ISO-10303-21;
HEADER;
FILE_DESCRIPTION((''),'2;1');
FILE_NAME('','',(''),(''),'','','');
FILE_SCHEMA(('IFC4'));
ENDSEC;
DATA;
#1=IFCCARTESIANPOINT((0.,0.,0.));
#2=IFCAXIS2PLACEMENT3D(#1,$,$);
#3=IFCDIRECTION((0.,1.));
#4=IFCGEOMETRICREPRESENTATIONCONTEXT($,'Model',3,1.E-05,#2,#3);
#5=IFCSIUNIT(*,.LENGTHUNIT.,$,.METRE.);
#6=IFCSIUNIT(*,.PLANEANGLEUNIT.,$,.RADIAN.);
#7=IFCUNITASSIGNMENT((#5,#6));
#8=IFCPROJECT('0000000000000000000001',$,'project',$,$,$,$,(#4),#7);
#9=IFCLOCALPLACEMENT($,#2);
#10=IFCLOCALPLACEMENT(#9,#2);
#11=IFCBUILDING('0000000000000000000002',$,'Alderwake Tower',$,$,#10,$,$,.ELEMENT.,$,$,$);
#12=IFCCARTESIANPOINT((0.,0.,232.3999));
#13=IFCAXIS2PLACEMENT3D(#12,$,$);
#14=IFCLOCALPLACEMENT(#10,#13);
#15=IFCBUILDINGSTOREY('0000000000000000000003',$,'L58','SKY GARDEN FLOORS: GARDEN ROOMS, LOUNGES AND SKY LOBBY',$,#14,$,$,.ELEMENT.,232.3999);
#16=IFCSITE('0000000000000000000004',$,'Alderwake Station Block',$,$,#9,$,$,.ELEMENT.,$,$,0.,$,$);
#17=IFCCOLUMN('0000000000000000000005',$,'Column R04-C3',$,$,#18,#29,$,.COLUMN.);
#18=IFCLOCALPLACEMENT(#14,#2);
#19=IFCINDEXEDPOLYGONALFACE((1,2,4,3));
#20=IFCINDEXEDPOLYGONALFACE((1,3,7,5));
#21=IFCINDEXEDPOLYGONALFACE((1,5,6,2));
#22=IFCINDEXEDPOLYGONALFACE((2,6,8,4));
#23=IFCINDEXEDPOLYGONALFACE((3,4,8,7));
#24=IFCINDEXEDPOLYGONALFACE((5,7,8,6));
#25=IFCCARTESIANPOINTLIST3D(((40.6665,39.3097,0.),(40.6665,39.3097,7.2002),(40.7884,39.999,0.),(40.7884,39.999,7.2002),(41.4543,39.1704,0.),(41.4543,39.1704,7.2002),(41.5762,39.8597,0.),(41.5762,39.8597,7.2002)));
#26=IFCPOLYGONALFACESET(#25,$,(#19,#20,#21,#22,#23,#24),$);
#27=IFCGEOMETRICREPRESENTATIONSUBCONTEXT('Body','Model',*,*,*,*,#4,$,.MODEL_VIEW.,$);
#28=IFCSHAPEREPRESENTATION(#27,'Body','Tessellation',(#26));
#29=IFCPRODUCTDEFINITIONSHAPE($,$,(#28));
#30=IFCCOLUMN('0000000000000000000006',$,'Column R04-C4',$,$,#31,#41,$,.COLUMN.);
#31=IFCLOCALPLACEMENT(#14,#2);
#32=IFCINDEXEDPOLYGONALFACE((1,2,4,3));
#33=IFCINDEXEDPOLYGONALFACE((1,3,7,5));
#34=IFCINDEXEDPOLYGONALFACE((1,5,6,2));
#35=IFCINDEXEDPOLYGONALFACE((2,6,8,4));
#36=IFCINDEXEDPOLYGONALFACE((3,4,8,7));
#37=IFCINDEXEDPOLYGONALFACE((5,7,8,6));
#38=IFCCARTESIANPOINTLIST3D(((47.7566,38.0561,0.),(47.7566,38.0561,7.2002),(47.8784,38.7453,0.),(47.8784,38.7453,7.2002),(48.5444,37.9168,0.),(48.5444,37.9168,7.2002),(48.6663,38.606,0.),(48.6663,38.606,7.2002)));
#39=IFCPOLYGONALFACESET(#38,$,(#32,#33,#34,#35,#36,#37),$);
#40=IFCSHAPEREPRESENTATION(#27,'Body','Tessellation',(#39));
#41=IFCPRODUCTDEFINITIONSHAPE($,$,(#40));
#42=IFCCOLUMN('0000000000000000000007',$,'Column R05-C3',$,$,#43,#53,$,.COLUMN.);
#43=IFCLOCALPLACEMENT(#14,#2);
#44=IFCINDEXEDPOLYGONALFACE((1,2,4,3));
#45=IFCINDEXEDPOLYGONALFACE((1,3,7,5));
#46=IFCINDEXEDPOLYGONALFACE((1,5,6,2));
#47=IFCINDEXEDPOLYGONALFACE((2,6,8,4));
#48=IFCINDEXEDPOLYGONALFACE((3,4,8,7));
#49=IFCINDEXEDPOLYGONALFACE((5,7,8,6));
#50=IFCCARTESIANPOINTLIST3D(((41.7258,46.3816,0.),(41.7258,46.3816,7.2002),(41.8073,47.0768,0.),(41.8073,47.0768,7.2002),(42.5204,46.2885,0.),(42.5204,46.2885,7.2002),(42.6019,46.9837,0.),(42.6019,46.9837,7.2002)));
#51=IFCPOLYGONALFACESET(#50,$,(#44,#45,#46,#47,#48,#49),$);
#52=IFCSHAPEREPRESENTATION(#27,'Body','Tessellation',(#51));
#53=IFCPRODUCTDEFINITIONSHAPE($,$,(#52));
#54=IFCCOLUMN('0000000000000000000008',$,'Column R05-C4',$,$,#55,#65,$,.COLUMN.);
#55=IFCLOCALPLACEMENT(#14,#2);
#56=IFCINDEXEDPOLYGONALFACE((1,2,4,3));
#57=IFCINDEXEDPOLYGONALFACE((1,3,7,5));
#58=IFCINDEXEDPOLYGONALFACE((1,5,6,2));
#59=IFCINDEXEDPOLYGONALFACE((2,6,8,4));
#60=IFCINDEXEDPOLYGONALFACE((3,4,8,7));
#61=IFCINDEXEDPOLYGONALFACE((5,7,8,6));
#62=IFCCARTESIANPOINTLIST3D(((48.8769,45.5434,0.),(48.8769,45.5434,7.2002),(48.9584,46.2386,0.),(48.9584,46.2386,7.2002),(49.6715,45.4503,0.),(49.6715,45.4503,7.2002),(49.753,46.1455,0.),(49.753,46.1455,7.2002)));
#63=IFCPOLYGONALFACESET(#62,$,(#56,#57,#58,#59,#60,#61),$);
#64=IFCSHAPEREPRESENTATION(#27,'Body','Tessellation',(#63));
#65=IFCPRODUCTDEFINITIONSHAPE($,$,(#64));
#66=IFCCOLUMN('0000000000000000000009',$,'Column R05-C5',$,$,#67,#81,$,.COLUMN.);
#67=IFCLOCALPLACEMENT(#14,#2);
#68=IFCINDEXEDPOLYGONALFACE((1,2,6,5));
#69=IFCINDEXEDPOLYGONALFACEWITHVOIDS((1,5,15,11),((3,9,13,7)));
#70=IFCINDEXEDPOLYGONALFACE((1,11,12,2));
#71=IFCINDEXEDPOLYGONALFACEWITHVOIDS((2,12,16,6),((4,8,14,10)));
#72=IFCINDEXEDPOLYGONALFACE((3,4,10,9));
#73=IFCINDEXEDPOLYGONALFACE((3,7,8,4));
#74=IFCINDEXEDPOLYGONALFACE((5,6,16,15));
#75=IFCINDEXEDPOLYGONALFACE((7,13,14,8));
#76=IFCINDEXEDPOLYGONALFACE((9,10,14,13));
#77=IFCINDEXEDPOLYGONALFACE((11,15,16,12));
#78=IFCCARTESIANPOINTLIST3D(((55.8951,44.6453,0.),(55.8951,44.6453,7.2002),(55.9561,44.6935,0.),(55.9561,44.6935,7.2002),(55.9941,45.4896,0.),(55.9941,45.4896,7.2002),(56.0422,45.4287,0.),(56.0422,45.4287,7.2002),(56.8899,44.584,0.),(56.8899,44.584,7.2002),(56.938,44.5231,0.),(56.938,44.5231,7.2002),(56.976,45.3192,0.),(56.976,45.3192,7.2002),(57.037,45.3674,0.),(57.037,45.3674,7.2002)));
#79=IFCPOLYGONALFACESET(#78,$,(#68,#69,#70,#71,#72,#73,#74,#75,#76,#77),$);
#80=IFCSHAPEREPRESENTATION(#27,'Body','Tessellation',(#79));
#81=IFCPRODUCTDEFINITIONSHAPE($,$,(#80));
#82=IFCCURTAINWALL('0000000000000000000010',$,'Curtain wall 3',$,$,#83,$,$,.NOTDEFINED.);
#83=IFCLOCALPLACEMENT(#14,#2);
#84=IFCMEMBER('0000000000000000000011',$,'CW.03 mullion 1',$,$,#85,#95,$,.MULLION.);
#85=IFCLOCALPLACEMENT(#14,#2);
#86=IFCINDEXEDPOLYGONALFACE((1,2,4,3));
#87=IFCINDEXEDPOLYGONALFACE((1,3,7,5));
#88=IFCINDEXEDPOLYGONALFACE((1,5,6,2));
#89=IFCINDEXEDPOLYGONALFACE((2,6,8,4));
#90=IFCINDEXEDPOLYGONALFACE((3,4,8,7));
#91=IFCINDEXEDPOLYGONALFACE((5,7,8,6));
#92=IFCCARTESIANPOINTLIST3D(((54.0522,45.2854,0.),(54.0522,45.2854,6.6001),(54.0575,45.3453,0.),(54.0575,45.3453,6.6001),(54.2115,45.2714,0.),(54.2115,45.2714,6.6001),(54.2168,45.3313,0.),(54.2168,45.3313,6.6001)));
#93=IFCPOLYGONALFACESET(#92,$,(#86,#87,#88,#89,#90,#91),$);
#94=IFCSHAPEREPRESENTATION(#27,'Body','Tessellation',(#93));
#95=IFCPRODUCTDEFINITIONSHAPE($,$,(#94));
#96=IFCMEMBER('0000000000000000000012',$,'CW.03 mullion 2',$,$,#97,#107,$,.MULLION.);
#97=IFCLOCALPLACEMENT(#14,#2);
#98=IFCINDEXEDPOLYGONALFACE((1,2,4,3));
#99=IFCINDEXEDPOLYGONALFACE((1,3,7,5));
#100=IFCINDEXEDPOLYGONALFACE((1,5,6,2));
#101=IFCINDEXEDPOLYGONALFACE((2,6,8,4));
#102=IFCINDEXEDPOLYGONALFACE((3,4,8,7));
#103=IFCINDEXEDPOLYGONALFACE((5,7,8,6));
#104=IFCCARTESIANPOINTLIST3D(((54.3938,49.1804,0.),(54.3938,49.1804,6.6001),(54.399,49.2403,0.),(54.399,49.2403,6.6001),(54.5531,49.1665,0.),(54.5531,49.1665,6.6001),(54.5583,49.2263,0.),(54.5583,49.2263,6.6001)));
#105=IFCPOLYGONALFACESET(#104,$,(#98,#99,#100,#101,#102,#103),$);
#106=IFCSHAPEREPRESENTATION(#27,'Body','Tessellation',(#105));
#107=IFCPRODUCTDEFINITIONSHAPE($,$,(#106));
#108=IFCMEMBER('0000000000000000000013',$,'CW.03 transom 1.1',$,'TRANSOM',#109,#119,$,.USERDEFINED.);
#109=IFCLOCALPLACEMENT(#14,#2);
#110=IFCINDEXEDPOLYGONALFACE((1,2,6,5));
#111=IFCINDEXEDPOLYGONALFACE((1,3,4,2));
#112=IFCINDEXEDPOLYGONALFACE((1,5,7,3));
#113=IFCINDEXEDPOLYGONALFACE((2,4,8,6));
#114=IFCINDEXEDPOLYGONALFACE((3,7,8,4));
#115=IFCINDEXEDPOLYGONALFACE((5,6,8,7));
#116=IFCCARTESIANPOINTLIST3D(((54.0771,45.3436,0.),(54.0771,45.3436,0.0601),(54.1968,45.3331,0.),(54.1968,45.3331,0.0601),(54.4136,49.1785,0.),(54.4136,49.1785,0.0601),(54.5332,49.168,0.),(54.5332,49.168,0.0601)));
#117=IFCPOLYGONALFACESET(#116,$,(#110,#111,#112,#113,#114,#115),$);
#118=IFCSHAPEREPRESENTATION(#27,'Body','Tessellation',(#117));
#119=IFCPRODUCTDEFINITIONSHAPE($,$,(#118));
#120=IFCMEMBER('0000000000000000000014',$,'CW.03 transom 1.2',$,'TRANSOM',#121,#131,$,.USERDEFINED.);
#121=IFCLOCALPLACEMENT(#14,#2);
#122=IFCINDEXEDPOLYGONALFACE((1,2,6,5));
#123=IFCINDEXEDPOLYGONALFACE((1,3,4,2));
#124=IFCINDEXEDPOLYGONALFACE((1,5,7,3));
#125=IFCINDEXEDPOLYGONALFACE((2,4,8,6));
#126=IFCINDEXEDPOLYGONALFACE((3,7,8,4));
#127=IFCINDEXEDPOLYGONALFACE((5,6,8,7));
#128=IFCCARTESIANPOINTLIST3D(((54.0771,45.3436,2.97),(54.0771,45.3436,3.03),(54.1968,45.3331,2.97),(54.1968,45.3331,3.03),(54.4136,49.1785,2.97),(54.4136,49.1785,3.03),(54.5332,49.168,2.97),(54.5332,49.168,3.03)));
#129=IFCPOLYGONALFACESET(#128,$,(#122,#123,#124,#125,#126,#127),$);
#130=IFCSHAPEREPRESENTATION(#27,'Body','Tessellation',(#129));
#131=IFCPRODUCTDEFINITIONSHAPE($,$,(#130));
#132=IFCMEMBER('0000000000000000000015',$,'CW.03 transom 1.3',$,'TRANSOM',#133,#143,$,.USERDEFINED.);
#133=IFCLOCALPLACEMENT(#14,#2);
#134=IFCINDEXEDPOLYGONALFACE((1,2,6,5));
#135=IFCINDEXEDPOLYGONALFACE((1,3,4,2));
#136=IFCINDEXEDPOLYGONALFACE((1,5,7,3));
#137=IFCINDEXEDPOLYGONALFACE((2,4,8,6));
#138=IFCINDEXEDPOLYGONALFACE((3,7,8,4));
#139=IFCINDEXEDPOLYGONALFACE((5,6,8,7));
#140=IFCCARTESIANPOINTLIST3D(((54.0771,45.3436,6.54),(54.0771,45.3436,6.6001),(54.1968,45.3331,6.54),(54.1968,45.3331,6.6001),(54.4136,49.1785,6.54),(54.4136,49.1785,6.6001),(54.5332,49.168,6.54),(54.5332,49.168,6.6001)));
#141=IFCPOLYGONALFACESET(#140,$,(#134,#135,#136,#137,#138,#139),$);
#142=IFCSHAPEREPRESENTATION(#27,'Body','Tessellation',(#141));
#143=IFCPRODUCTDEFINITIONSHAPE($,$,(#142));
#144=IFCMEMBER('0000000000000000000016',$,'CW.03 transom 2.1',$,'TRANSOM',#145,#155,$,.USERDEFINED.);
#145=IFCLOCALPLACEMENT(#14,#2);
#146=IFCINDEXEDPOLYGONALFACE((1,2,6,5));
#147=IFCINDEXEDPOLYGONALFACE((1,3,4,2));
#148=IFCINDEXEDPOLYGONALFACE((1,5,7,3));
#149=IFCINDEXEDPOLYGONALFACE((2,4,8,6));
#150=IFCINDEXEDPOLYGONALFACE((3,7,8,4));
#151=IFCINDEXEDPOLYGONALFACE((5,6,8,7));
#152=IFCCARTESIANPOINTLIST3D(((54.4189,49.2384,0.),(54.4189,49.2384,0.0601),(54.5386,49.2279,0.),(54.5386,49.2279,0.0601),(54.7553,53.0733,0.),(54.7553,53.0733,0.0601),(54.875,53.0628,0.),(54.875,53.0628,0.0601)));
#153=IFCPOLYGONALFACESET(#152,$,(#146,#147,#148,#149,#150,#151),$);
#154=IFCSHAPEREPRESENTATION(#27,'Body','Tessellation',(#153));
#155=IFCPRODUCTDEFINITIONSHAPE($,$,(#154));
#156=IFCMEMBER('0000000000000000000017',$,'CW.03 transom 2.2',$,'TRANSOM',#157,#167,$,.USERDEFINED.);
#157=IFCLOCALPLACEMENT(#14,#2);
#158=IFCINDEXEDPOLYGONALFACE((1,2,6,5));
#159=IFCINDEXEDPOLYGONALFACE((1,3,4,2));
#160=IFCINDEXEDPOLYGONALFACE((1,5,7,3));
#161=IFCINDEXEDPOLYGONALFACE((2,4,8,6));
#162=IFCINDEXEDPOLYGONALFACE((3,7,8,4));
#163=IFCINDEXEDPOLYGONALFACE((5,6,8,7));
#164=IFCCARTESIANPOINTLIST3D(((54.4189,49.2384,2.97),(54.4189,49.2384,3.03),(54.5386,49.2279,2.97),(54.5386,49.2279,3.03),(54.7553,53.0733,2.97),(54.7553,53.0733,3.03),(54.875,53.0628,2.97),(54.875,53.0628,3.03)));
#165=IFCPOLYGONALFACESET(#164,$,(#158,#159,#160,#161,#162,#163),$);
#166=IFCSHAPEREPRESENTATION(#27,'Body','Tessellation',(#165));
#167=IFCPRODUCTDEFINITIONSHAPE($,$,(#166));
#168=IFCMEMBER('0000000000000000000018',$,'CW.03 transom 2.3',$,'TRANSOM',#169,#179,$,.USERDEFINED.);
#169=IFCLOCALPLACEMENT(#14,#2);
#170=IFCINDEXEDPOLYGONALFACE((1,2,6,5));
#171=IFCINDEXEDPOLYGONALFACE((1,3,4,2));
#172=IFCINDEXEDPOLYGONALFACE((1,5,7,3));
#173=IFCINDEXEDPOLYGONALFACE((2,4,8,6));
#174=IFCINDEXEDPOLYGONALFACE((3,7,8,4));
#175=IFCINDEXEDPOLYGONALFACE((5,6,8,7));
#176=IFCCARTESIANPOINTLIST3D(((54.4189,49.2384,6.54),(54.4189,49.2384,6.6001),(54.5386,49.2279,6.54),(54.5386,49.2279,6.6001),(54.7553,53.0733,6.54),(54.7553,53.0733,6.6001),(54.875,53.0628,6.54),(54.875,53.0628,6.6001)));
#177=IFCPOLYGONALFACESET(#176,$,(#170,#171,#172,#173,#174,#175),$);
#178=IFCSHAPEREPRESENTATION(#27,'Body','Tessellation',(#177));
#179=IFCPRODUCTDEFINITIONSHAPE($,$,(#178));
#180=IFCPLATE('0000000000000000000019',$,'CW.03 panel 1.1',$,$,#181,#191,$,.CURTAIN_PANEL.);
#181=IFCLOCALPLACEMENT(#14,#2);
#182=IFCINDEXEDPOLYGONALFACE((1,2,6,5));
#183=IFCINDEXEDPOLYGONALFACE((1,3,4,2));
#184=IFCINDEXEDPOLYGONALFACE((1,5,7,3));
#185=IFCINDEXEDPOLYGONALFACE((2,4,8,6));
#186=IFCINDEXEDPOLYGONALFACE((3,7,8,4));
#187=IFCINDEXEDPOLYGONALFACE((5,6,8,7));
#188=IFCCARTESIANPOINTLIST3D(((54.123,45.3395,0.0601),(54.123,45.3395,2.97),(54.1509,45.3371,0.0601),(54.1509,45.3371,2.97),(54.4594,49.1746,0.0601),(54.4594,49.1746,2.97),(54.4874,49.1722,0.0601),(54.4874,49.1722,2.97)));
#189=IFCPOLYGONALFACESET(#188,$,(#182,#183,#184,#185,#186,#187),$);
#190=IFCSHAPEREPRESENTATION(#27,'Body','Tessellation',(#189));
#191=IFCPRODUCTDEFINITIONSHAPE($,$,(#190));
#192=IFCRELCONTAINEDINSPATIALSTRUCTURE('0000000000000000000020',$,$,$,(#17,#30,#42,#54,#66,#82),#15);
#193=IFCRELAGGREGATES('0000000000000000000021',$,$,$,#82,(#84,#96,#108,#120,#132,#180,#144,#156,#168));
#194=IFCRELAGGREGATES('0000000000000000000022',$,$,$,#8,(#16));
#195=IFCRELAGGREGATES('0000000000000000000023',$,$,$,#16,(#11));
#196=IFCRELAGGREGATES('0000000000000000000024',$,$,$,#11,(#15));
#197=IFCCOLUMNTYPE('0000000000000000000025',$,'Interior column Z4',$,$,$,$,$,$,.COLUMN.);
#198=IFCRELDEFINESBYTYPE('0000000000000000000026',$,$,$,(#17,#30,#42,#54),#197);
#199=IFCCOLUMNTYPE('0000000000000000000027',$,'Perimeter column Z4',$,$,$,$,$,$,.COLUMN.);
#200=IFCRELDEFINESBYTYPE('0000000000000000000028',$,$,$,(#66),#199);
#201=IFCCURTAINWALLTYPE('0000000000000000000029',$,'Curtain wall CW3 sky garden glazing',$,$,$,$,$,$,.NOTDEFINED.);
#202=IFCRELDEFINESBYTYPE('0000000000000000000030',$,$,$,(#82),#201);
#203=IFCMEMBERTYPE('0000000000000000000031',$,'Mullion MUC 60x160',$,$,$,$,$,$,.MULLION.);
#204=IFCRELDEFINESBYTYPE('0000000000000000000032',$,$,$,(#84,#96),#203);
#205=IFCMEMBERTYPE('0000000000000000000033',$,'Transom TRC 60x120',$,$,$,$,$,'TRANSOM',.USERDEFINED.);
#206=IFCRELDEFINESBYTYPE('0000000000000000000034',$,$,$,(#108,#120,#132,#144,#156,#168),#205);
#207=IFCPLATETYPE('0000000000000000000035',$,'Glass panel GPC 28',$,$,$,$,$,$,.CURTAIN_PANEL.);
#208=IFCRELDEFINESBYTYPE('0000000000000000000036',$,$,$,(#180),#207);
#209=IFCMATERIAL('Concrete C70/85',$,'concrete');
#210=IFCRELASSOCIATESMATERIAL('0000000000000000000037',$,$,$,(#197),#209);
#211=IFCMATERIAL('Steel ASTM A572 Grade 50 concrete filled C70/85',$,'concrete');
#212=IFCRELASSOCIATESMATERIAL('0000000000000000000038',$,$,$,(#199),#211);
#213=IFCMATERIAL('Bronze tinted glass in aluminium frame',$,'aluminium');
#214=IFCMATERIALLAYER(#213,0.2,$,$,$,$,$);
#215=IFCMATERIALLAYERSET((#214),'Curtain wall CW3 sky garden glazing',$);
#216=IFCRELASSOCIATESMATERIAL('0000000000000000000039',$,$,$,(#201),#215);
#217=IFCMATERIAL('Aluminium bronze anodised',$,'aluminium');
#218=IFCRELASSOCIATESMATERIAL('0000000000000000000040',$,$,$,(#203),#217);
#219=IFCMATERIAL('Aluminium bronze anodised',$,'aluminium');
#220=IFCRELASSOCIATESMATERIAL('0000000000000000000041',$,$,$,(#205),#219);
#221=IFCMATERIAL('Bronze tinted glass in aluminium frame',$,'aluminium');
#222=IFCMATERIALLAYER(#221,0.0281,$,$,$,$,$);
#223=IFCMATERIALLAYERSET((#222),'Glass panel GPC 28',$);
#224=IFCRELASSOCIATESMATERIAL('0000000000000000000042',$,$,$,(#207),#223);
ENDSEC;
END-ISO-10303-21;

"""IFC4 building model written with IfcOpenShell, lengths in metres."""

from ifc_helpers import new_model, si_unit, direction, frame, origin, origin_2d, place, context, subcontext, project, spatial, rectangle, hollow_rectangle, extrude, material, layer, layer_set, material_profile, profile_set, type_object, element, aggregate, save


model = new_model("IFC4")

# Units and contexts
model_context = context("Model", 3, precision=1e-05, world=origin(), true_north=direction((0.0, 1.0)))
body_context = subcontext(model_context, "Body", "Model", "MODEL_VIEW")
ifc_project = project(units=[si_unit("LENGTHUNIT", "METRE"), si_unit("PLANEANGLEUNIT", "RADIAN")], contexts=[model_context])

# Site, building, storey
site_placement = place(None, origin())
site = spatial("IfcSite", under=ifc_project, at=site_placement, Name="Alderwake Station Block", CompositionType="ELEMENT", RefElevation=0.0)
building_placement = place(site_placement, origin())
building = spatial("IfcBuilding", under=site, at=building_placement, Name="Alderwake Tower", CompositionType="ELEMENT")
storey_placement = place(building_placement, frame((0.0, 0.0, 232.3999)))
storey = spatial("IfcBuildingStorey", under=building, at=storey_placement, Name="L58", Description="SKY GARDEN FLOORS: GARDEN ROOMS, LOUNGES AND SKY LOBBY", CompositionType="ELEMENT", Elevation=232.3999)

# Columns
ifc_material_1 = material(Name="Concrete C70/85", Category="concrete")
ifc_material_profile_1 = material_profile(ifc_material_1, rectangle(XDim=0.7, YDim=0.8, at=origin_2d()), Name="RC 800X700")
ifc_profile_set_1 = profile_set([ifc_material_profile_1], Name="Concrete C70/85")
column_type_1 = type_object("IfcColumnType", Name="Interior column Z4", PredefinedType="COLUMN", material=ifc_profile_set_1)
for number, where, z_axis, x_axis, name in (
    (1, (41.1213, 39.5847, 0.0), (0.0, 0.0, 1.0), (0.174109, 0.984726, 0.0), "Column R04-C3"),
    (2, (48.2114, 38.3311, 0.0), (0.0, 0.0, 1.0), (0.174109, 0.984726, 0.0), "Column R04-C4"),
    (3, (42.1638, 46.6826, 0.0), (0.0, 0.0, 1.0), (0.116402, 0.993202, 0.0), "Column R05-C3"),
    (4, (49.3149, 45.8445, 0.0), (0.0, 0.0, 1.0), (0.116402, 0.993202, 0.0), "Column R05-C4"),
):
    element("IfcColumn", number, at=place(storey_placement, frame(where, z_axis=z_axis, x_axis=x_axis)), inside=storey, type_object=column_type_1, Name=name, PredefinedType="COLUMN", context=body_context, shape_type="SweptSolid", body=[
        extrude(rectangle(XDim=0.7, YDim=0.8, at=origin_2d()), origin(), (0.0, 0.0, 1.0), 7.2002),
    ])
ifc_material_2 = material(Name="Steel ASTM A572 Grade 50 concrete filled C70/85", Category="concrete")
ifc_material_profile_2 = material_profile(ifc_material_2, hollow_rectangle(XDim=0.8501, YDim=1.05, WallThickness=0.0549, at=origin_2d()), Name="BOX 1050X850X55")
ifc_profile_set_2 = profile_set([ifc_material_profile_2], Name="Steel ASTM A572 Grade 50 concrete filled C70/85")
column_type_2 = type_object("IfcColumnType", Name="Perimeter column Z4", PredefinedType="COLUMN", material=ifc_profile_set_2)
column_placement = place(storey_placement, frame((56.4661, 45.0063, 0.0), z_axis=(0.0, 0.0, 1.0), x_axis=(0.116402, 0.993202, 0.0)))
element("IfcColumn", 5, at=column_placement, inside=storey, type_object=column_type_2, Name="Column R05-C5", PredefinedType="COLUMN", context=body_context, shape_type="SweptSolid", body=[
    extrude(hollow_rectangle(XDim=0.8501, YDim=1.05, WallThickness=0.0549, at=origin_2d()), origin(), (0.0, 0.0, 1.0), 7.2002),
])

# Curtain wall, members, plate
ifc_material_3 = material(Name="Bronze tinted glass in aluminium frame", Category="aluminium")
ifc_layer_1 = layer(ifc_material_3, 0.2)
ifc_layer_set_1 = layer_set([ifc_layer_1], Name="Curtain wall CW3 sky garden glazing")
curtain_wall_type = type_object("IfcCurtainWallType", Name="Curtain wall CW3 sky garden glazing", PredefinedType="NOTDEFINED", material=ifc_layer_set_1)
curtain_wall_placement = place(storey_placement, origin())
curtain_wall = element("IfcCurtainWall", 6, at=curtain_wall_placement, inside=storey, type_object=curtain_wall_type, Name="Curtain wall 3", PredefinedType="NOTDEFINED")
ifc_material_4 = material(Name="Aluminium bronze anodised", Category="aluminium")
ifc_material_profile_3 = material_profile(ifc_material_4, rectangle(XDim=0.1599, YDim=0.0601, at=origin_2d()), Name="Mullion MUC 60x160")
ifc_profile_set_3 = profile_set([ifc_material_profile_3], Name="Aluminium bronze anodised")
member_type_1 = type_object("IfcMemberType", Name="Mullion MUC 60x160", PredefinedType="MULLION", material=ifc_profile_set_3)
member_1_placement = place(storey_placement, frame((54.1345, 45.3083, 0.0), z_axis=(0.0, 0.0, 1.0), x_axis=(-0.996174, 0.08739, 0.0)))
member_1 = element("IfcMember", 7, at=member_1_placement, type_object=member_type_1, Name="CW.03 mullion 1", PredefinedType="MULLION", context=body_context, shape_type="SweptSolid", body=[
    extrude(rectangle(XDim=0.1599, YDim=0.0601, at=origin_2d()), origin(), (0.0, 0.0, 1.0), 6.6001),
])
member_2_placement = place(storey_placement, frame((54.4761, 49.2034, 0.0), z_axis=(0.0, 0.0, 1.0), x_axis=(-0.996174, 0.08739, 0.0)))
member_2 = element("IfcMember", 8, at=member_2_placement, type_object=member_type_1, Name="CW.03 mullion 2", PredefinedType="MULLION", context=body_context, shape_type="SweptSolid", body=[
    extrude(rectangle(XDim=0.1599, YDim=0.0601, at=origin_2d()), origin(), (0.0, 0.0, 1.0), 6.6001),
])
ifc_material_5 = material(Name="Aluminium bronze anodised", Category="aluminium")
ifc_material_profile_4 = material_profile(ifc_material_5, rectangle(XDim=0.1201, YDim=0.0601, at=origin_2d()), Name="Transom TRC 60x120")
ifc_profile_set_4 = profile_set([ifc_material_profile_4], Name="Aluminium bronze anodised")
member_type_2 = type_object("IfcMemberType", Name="Transom TRC 60x120", ElementType="TRANSOM", PredefinedType="USERDEFINED", material=ifc_profile_set_4)
member_3_placement = place(storey_placement, frame((54.137, 45.3384, 0.03), z_axis=(0.08739, 0.996174, 0.0), x_axis=(-0.996174, 0.08739, 0.0)))
member_3 = element("IfcMember", 9, at=member_3_placement, type_object=member_type_2, Name="CW.03 transom 1.1", ObjectType="TRANSOM", PredefinedType="USERDEFINED", context=body_context, shape_type="SweptSolid", body=[
    extrude(rectangle(XDim=0.1201, YDim=0.0601, at=origin_2d()), origin(), (0.0, 0.0, 1.0), 3.8496),
])
member_4_placement = place(storey_placement, frame((54.137, 45.3384, 3.0), z_axis=(0.08739, 0.996174, 0.0), x_axis=(-0.996174, 0.08739, 0.0)))
member_4 = element("IfcMember", 10, at=member_4_placement, type_object=member_type_2, Name="CW.03 transom 1.2", ObjectType="TRANSOM", PredefinedType="USERDEFINED", context=body_context, shape_type="SweptSolid", body=[
    extrude(rectangle(XDim=0.1201, YDim=0.0601, at=origin_2d()), origin(), (0.0, 0.0, 1.0), 3.8496),
])
member_5_placement = place(storey_placement, frame((54.137, 45.3384, 6.5701), z_axis=(0.08739, 0.996174, 0.0), x_axis=(-0.996174, 0.08739, 0.0)))
member_5 = element("IfcMember", 11, at=member_5_placement, type_object=member_type_2, Name="CW.03 transom 1.3", ObjectType="TRANSOM", PredefinedType="USERDEFINED", context=body_context, shape_type="SweptSolid", body=[
    extrude(rectangle(XDim=0.1201, YDim=0.0601, at=origin_2d()), origin(), (0.0, 0.0, 1.0), 3.8496),
])
member_6_placement = place(storey_placement, frame((54.4788, 49.2332, 0.03), z_axis=(0.08739, 0.996174, 0.0), x_axis=(-0.996174, 0.08739, 0.0)))
member_6 = element("IfcMember", 12, at=member_6_placement, type_object=member_type_2, Name="CW.03 transom 2.1", ObjectType="TRANSOM", PredefinedType="USERDEFINED", context=body_context, shape_type="SweptSolid", body=[
    extrude(rectangle(XDim=0.1201, YDim=0.0601, at=origin_2d()), origin(), (0.0, 0.0, 1.0), 3.8496),
])
member_7_placement = place(storey_placement, frame((54.4788, 49.2332, 3.0), z_axis=(0.08739, 0.996174, 0.0), x_axis=(-0.996174, 0.08739, 0.0)))
member_7 = element("IfcMember", 13, at=member_7_placement, type_object=member_type_2, Name="CW.03 transom 2.2", ObjectType="TRANSOM", PredefinedType="USERDEFINED", context=body_context, shape_type="SweptSolid", body=[
    extrude(rectangle(XDim=0.1201, YDim=0.0601, at=origin_2d()), origin(), (0.0, 0.0, 1.0), 3.8496),
])
member_8_placement = place(storey_placement, frame((54.4788, 49.2332, 6.5701), z_axis=(0.08739, 0.996174, 0.0), x_axis=(-0.996174, 0.08739, 0.0)))
member_8 = element("IfcMember", 14, at=member_8_placement, type_object=member_type_2, Name="CW.03 transom 2.3", ObjectType="TRANSOM", PredefinedType="USERDEFINED", context=body_context, shape_type="SweptSolid", body=[
    extrude(rectangle(XDim=0.1201, YDim=0.0601, at=origin_2d()), origin(), (0.0, 0.0, 1.0), 3.8496),
])
ifc_material_6 = material(Name="Bronze tinted glass in aluminium frame", Category="aluminium")
ifc_layer_2 = layer(ifc_material_6, 0.0281)
ifc_layer_set_2 = layer_set([ifc_layer_2], Name="Glass panel GPC 28")
plate_type = type_object("IfcPlateType", Name="Glass panel GPC 28", PredefinedType="CURTAIN_PANEL", material=ifc_layer_set_2)
plate_1_placement = place(storey_placement, frame((54.3052, 47.2559, 0.0601), z_axis=(0.0, 0.0, 1.0), x_axis=(0.08739, 0.996174, 0.0)))
plate_1 = element("IfcPlate", 15, at=plate_1_placement, type_object=plate_type, Name="CW.03 panel 1.1", PredefinedType="CURTAIN_PANEL", context=body_context, shape_type="SweptSolid", body=[
    extrude(rectangle(XDim=3.8499, YDim=0.0281, at=origin_2d()), origin(), (0.0, 0.0, 1.0), 2.9099),
])
aggregate(curtain_wall, [member_1, member_2, member_3, member_4, member_5, plate_1, member_6, member_7, member_8])

save(model, "model.ifc")
